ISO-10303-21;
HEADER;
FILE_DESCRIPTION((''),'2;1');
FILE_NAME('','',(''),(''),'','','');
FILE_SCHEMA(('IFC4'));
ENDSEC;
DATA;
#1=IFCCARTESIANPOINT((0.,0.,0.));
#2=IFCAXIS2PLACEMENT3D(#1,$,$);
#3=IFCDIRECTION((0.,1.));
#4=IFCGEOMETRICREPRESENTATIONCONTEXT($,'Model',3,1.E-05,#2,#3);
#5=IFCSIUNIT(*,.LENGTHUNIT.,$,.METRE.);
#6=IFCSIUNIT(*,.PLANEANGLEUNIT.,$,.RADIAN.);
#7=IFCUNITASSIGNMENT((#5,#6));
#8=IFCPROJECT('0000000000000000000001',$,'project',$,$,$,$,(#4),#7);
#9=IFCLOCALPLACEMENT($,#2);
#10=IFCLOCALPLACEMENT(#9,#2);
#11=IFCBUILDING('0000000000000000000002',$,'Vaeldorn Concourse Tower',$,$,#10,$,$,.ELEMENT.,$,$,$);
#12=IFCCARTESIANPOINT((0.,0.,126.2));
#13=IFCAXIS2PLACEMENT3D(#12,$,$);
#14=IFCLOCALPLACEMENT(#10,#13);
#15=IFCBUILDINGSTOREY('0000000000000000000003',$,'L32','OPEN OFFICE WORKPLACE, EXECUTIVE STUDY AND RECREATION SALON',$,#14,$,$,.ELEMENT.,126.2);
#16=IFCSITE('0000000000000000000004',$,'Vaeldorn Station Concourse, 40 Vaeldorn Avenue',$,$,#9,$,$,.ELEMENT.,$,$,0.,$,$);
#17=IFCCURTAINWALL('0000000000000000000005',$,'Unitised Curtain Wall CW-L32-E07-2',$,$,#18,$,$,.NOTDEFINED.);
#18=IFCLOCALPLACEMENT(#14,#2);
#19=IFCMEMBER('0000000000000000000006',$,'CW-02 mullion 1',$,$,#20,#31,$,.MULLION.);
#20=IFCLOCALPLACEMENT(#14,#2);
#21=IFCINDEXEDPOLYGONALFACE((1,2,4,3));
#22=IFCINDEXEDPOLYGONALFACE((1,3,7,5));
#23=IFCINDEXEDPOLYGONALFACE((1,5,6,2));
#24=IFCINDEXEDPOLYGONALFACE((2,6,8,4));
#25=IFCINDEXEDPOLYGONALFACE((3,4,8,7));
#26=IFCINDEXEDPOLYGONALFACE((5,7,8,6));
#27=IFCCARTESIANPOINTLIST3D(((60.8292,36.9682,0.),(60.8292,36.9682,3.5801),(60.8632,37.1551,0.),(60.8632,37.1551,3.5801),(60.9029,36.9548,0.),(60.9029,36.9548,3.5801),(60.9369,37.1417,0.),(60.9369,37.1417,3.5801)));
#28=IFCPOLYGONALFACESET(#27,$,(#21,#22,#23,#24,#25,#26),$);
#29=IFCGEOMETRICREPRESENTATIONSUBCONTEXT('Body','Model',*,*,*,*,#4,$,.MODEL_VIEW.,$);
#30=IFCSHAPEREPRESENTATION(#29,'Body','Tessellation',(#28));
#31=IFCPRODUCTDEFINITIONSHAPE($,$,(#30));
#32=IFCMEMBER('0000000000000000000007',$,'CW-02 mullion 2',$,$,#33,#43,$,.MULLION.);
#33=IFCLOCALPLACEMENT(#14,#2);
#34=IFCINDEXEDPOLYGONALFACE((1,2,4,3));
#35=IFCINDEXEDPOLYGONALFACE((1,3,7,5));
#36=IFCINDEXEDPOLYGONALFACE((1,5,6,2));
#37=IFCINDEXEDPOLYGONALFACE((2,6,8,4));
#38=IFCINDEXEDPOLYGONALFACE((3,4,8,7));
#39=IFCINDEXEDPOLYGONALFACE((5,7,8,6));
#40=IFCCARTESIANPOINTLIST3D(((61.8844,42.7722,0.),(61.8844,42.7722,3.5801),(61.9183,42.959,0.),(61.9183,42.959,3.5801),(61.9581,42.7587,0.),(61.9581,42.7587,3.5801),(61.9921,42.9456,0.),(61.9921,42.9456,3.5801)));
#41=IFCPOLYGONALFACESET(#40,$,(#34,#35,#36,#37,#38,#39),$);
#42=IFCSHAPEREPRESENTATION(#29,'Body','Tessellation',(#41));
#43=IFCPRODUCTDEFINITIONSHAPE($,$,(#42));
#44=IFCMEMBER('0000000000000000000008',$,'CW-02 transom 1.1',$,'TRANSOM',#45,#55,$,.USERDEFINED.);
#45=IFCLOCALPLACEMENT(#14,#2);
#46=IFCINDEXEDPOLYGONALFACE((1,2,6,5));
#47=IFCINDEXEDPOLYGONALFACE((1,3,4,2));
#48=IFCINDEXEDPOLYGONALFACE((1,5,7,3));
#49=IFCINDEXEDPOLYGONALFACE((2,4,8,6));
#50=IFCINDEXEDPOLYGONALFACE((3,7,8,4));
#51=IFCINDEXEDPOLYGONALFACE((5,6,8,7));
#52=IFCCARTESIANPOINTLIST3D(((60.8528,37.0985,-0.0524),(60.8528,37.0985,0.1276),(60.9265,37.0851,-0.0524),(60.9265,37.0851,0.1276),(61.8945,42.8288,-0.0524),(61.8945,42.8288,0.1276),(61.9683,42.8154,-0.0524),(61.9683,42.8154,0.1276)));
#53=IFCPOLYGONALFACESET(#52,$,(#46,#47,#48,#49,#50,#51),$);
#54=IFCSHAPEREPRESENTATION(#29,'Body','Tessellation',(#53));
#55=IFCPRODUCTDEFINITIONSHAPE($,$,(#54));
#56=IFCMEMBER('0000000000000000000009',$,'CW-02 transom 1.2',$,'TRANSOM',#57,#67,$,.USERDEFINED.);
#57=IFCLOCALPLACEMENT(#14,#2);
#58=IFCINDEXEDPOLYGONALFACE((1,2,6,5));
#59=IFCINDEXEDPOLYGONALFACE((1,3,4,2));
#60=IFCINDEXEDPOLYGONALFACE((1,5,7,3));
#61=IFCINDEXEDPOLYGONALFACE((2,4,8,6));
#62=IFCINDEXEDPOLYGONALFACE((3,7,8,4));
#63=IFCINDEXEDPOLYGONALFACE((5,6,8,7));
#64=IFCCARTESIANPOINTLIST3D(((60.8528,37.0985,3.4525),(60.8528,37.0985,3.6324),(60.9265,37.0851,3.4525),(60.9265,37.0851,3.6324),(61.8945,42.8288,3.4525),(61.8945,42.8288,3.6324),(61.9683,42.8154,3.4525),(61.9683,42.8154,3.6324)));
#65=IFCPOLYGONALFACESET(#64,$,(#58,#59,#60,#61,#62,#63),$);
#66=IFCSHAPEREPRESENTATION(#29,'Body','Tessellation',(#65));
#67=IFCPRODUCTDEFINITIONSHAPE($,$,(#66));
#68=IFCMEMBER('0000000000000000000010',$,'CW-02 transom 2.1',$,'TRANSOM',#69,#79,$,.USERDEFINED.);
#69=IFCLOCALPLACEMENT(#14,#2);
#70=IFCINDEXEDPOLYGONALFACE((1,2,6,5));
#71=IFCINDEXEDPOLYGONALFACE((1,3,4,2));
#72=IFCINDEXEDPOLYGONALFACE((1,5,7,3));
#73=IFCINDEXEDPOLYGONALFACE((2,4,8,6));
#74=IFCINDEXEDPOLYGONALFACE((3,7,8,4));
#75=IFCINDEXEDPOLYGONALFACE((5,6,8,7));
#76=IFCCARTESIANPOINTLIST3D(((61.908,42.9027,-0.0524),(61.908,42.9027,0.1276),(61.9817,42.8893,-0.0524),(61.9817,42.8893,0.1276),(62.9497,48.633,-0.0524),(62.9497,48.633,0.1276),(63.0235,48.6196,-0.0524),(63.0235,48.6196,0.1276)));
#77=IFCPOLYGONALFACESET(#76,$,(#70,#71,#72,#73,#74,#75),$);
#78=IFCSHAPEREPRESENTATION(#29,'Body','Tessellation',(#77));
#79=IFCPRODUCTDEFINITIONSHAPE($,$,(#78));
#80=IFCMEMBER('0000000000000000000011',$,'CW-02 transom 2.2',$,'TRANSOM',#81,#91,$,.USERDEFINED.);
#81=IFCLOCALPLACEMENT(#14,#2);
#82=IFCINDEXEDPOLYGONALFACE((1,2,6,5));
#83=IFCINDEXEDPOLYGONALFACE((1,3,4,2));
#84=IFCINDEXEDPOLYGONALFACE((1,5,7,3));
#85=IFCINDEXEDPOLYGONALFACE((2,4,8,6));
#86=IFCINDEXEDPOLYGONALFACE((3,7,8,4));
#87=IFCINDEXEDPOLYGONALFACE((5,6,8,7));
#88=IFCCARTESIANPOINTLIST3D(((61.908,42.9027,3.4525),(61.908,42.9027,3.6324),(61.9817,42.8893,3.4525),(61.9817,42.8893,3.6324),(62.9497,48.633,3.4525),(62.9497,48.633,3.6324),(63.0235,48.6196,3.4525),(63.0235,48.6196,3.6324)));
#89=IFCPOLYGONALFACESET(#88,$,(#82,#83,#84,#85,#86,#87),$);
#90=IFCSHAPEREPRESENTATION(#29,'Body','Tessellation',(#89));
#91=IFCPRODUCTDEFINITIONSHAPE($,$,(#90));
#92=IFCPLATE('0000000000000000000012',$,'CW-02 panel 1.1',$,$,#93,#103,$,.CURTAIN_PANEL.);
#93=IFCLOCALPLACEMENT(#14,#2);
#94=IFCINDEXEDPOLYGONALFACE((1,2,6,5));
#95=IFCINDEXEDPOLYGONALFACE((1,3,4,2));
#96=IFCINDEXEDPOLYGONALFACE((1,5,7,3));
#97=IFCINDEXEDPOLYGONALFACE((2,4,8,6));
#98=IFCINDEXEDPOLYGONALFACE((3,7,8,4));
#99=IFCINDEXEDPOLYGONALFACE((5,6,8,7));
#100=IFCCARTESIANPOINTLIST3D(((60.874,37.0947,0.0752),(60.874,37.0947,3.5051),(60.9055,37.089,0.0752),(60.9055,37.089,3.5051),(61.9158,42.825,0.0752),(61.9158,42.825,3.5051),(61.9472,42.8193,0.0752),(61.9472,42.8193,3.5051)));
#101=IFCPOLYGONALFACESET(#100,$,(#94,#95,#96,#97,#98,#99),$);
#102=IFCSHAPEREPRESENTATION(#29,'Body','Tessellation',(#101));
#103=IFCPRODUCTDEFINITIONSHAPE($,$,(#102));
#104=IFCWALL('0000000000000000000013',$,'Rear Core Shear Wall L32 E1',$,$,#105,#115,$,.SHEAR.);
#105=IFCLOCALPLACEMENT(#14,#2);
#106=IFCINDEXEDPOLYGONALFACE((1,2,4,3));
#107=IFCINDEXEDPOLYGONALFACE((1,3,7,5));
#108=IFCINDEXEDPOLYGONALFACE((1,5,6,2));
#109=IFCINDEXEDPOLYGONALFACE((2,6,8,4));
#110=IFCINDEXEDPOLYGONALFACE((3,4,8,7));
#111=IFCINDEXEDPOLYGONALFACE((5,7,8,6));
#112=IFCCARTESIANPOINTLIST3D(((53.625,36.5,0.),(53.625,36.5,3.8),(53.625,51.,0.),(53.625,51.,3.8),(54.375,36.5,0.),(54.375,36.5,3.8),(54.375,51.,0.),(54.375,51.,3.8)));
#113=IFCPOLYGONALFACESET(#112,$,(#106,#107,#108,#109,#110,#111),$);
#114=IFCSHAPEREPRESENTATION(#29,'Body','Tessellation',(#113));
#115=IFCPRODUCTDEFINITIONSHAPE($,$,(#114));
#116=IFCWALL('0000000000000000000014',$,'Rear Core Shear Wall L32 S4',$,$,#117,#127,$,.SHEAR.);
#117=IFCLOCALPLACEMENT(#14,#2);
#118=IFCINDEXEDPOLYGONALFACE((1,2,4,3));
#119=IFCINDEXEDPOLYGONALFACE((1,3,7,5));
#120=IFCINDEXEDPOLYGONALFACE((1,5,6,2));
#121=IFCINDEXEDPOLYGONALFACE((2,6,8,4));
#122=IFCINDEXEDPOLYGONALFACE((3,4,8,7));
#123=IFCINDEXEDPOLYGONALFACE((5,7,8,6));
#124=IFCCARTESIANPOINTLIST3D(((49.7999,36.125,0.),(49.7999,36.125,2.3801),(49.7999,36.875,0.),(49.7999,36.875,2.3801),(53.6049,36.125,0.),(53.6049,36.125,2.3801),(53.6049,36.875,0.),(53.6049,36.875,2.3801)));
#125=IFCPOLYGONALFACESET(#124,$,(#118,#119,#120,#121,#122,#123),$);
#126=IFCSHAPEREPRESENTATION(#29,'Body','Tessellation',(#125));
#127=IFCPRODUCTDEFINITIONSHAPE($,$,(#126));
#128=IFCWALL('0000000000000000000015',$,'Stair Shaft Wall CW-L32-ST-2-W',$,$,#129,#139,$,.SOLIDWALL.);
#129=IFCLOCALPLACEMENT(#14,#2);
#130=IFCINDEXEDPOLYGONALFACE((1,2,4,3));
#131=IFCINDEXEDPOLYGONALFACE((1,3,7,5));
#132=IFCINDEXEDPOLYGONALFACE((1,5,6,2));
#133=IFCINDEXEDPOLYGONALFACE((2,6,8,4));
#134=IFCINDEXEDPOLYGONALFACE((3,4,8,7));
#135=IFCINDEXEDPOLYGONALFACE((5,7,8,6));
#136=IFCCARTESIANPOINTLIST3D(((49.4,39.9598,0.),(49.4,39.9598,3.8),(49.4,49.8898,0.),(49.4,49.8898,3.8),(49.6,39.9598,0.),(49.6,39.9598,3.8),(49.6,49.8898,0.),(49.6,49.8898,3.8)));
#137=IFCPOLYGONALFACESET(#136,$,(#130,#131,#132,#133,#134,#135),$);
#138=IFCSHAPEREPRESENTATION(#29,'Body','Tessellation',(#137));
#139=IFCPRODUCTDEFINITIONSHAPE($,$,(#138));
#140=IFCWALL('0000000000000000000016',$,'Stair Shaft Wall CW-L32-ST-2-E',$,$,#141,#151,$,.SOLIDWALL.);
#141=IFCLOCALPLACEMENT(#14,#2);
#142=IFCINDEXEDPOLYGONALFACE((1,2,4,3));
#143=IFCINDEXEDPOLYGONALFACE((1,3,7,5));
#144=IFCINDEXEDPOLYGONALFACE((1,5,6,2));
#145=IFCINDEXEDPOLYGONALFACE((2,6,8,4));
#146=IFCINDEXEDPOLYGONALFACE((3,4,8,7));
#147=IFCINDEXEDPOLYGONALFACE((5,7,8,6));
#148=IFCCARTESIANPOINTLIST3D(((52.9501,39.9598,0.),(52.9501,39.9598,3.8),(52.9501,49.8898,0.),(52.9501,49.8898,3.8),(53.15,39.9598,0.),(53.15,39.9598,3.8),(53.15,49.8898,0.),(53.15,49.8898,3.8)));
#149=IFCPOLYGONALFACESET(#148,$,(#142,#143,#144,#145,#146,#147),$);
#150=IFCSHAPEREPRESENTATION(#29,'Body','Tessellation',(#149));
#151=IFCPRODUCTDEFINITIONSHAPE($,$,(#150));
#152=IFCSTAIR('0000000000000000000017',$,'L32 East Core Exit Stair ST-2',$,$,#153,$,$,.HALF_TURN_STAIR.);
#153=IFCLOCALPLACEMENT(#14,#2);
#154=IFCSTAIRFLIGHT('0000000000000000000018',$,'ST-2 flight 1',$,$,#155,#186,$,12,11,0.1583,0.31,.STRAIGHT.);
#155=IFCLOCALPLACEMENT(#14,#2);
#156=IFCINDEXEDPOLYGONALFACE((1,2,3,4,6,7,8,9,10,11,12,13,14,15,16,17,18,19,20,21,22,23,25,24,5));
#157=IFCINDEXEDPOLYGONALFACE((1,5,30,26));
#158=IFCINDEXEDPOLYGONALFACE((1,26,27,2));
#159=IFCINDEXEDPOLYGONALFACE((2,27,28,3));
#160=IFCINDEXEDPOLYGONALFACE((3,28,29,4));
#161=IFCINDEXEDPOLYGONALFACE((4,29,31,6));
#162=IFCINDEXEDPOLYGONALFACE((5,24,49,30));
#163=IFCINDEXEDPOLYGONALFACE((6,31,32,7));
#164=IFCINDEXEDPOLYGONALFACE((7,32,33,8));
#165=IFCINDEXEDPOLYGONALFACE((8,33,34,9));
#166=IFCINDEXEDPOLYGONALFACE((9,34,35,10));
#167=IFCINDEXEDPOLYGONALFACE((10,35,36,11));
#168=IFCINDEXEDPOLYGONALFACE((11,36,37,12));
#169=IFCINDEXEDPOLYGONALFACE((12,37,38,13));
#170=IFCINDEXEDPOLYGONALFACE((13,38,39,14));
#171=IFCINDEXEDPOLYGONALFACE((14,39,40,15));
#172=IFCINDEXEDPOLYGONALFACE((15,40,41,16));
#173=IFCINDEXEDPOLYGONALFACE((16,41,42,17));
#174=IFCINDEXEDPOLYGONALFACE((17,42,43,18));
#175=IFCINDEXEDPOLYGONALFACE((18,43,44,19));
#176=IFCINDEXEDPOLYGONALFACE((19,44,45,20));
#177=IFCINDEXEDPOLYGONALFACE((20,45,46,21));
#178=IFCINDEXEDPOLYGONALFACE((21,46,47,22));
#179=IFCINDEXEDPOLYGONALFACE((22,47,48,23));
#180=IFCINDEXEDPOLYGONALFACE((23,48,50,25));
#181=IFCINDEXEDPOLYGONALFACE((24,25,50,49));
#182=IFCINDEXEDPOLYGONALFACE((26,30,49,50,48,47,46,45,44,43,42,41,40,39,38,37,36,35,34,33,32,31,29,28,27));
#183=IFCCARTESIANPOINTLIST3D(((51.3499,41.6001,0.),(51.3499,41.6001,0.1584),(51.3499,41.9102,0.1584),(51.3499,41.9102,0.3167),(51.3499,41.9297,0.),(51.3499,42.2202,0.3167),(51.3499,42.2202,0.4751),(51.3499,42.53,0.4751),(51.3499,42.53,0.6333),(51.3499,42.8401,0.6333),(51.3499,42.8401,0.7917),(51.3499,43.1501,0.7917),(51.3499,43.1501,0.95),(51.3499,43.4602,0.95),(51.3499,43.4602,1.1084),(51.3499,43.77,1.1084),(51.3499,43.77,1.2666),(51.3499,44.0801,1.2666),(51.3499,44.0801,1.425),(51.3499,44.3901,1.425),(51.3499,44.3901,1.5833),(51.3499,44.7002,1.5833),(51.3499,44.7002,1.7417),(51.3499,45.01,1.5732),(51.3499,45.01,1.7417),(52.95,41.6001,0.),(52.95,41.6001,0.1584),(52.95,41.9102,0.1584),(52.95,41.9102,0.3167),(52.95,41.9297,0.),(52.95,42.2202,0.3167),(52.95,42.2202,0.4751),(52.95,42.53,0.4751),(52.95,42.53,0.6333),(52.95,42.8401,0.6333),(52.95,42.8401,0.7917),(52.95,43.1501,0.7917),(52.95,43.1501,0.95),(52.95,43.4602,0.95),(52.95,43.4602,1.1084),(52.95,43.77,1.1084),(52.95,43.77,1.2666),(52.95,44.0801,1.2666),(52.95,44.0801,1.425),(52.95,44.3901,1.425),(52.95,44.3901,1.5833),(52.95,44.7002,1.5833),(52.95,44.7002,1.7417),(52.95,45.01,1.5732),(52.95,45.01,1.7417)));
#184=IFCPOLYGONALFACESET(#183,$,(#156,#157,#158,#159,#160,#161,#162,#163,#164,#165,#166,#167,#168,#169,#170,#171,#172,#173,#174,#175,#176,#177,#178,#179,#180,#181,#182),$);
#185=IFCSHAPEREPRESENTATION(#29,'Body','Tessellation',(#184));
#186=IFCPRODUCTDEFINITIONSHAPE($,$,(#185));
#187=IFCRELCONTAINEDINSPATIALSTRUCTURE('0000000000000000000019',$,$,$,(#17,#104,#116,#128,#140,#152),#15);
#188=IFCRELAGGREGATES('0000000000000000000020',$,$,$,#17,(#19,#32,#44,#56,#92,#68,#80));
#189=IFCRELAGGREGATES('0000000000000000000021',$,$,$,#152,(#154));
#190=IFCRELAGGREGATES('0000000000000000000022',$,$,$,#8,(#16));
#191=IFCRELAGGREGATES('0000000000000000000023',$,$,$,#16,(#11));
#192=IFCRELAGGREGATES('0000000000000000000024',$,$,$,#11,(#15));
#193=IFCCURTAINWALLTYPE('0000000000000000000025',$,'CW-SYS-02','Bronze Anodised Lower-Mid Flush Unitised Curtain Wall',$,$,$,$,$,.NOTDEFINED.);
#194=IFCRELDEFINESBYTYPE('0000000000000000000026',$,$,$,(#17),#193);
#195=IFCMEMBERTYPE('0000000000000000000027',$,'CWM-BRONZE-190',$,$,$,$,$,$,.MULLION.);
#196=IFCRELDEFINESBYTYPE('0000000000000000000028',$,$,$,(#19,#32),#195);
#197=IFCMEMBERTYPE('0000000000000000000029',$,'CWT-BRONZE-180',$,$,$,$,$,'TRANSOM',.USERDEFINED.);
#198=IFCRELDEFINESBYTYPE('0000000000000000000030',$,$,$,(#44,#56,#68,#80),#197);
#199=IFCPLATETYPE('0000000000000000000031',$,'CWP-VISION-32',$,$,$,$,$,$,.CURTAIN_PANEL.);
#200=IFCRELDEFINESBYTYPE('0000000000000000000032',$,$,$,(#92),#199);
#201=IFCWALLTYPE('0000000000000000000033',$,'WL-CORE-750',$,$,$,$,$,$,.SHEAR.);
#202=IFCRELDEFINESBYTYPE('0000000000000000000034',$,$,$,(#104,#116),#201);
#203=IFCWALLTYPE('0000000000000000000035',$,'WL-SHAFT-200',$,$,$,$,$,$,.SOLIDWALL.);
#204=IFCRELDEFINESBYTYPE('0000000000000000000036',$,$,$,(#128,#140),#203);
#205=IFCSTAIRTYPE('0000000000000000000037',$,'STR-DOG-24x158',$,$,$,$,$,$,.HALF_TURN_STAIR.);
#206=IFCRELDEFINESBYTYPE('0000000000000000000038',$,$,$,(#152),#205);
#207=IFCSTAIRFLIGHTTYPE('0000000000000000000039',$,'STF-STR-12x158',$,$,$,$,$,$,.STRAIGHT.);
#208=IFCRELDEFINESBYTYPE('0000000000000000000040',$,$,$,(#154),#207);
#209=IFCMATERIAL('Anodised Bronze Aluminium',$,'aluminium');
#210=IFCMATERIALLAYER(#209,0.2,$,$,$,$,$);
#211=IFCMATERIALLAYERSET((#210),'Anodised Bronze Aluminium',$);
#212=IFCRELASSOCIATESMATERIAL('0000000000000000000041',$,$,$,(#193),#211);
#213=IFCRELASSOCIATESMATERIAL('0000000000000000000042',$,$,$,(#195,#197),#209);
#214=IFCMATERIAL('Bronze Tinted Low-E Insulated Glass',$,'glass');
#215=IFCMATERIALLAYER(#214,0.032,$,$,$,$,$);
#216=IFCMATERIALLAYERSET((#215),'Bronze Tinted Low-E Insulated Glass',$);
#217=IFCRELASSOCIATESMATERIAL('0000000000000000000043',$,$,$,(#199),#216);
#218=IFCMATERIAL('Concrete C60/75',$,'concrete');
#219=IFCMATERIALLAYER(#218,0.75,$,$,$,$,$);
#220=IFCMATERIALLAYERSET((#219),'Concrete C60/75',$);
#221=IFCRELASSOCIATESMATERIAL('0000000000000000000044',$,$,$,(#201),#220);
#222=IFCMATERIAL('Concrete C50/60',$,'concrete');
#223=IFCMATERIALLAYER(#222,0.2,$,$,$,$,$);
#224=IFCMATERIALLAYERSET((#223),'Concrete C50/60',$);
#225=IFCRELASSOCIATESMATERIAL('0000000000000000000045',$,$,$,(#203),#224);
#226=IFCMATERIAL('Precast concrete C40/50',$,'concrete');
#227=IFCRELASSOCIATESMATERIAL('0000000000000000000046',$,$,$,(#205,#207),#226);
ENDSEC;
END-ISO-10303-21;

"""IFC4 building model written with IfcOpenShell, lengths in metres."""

from ifc_helpers import new_model, si_unit, direction, frame, frame_2d, origin, origin_2d, place, context, subcontext, project, spatial, polyline, rectangle, outline, extrude, source, transform, mapped, material, layer, layer_set, material_profile, profile_set, type_object, element, aggregate, save


model = new_model("IFC4")

# Units and contexts
model_context = context("Model", 3, precision=1e-05, world=origin(), true_north=direction((0.0, 1.0)))
body_context = subcontext(model_context, "Body", "Model", "MODEL_VIEW")
ifc_project = project(units=[si_unit("LENGTHUNIT", "METRE"), si_unit("PLANEANGLEUNIT", "RADIAN")], contexts=[model_context])

# Site, building, storey
site_placement = place(None, origin())
site = spatial("IfcSite", under=ifc_project, at=site_placement, Name="Vaeldorn Station Concourse, 40 Vaeldorn Avenue", CompositionType="ELEMENT", RefElevation=0.0)
building_placement = place(site_placement, origin())
building = spatial("IfcBuilding", under=site, at=building_placement, Name="Vaeldorn Concourse Tower", CompositionType="ELEMENT")
storey_placement = place(building_placement, frame((0.0, 0.0, 126.2)))
storey = spatial("IfcBuildingStorey", under=building, at=storey_placement, Name="L32", Description="OPEN OFFICE WORKPLACE, EXECUTIVE STUDY AND RECREATION SALON", CompositionType="ELEMENT", Elevation=126.2)

# Shared definitions
ifc_material_1 = material(Name="Concrete C60/75", Category="concrete")

# Curtain wall, members, plate
ifc_material_2 = material(Name="Anodised Bronze Aluminium", Category="aluminium")
ifc_layer_1 = layer(ifc_material_2, 0.2)
ifc_layer_set_1 = layer_set([ifc_layer_1], Name="Anodised Bronze Aluminium")
curtain_wall_type = type_object("IfcCurtainWallType", Name="CW-SYS-02", Description="Bronze Anodised Lower-Mid Flush Unitised Curtain Wall", PredefinedType="NOTDEFINED", material=ifc_layer_set_1)
curtain_wall_placement = place(storey_placement, origin())
curtain_wall = element("IfcCurtainWall", 1, at=curtain_wall_placement, inside=storey, type_object=curtain_wall_type, Name="Unitised Curtain Wall CW-L32-E07-2", PredefinedType="NOTDEFINED")
ifc_material_profile_1 = material_profile(ifc_material_2, rectangle(XDim=0.075, YDim=0.1899, at=origin_2d()), Name="CWM 75x190")
ifc_profile_set_1 = profile_set([ifc_material_profile_1], Name="Anodised Bronze Aluminium")
member_type_1 = type_object("IfcMemberType", Name="CWM-BRONZE-190", PredefinedType="MULLION", material=ifc_profile_set_1)
shared_shape_1 = source(origin(), body_context, "Body", "SweptSolid", [
    extrude(rectangle(XDim=0.075, YDim=0.1899, at=origin_2d()), origin(), (0.0, 0.0, 1.0), 3.5801),
])
member_1_placement = place(storey_placement, frame((60.8831, 37.0549, 0.0), z_axis=(0.0, 0.0, 1.0), x_axis=(-0.983874, 0.178861, 0.0)))
member_1 = element("IfcMember", 2, at=member_1_placement, type_object=member_type_1, Name="CW-02 mullion 1", PredefinedType="MULLION", context=body_context, shape_type="MappedRepresentation", body=[
    mapped(shared_shape_1, transform((0.0, 0.0, 0.0), scale=1.0)),
])
member_2_placement = place(storey_placement, frame((61.9382, 42.8589, 0.0), z_axis=(0.0, 0.0, 1.0), x_axis=(-0.983874, 0.178861, 0.0)))
member_2 = element("IfcMember", 3, at=member_2_placement, type_object=member_type_1, Name="CW-02 mullion 2", PredefinedType="MULLION", context=body_context, shape_type="MappedRepresentation", body=[
    mapped(shared_shape_1, transform((0.0, 0.0, 0.0), scale=1.0)),
])
ifc_material_profile_2 = material_profile(ifc_material_2, rectangle(XDim=0.075, YDim=0.1799, at=origin_2d()), Name="CWT 75x180")
ifc_profile_set_2 = profile_set([ifc_material_profile_2], Name="Anodised Bronze Aluminium")
member_type_2 = type_object("IfcMemberType", Name="CWT-BRONZE-180", ElementType="TRANSOM", PredefinedType="USERDEFINED", material=ifc_profile_set_2)
shared_shape_2 = source(origin(), body_context, "Body", "SweptSolid", [
    extrude(rectangle(XDim=0.075, YDim=0.1799, at=origin_2d()), origin(), (0.0, 0.0, 1.0), 5.8242),
])
member_3_placement = place(storey_placement, frame((60.8896, 37.0918, 0.0376), z_axis=(0.178867, 0.983873, 0.0), x_axis=(-0.983873, 0.178867, 0.0)))
member_3 = element("IfcMember", 4, at=member_3_placement, type_object=member_type_2, Name="CW-02 transom 1.1", ObjectType="TRANSOM", PredefinedType="USERDEFINED", context=body_context, shape_type="MappedRepresentation", body=[
    mapped(shared_shape_2, transform((0.0, 0.0, 0.0), scale=1.0)),
])
member_4_placement = place(storey_placement, frame((60.8896, 37.0918, 3.5425), z_axis=(0.178867, 0.983873, 0.0), x_axis=(-0.983873, 0.178867, 0.0)))
member_4 = element("IfcMember", 5, at=member_4_placement, type_object=member_type_2, Name="CW-02 transom 1.2", ObjectType="TRANSOM", PredefinedType="USERDEFINED", context=body_context, shape_type="MappedRepresentation", body=[
    mapped(shared_shape_2, transform((0.0, 0.0, 0.0), scale=1.0)),
])
member_5_placement = place(storey_placement, frame((61.9448, 42.896, 0.0376), z_axis=(0.178867, 0.983873, 0.0), x_axis=(-0.983873, 0.178867, 0.0)))
member_5 = element("IfcMember", 6, at=member_5_placement, type_object=member_type_2, Name="CW-02 transom 2.1", ObjectType="TRANSOM", PredefinedType="USERDEFINED", context=body_context, shape_type="MappedRepresentation", body=[
    mapped(shared_shape_2, transform((0.0, 0.0, 0.0), scale=1.0)),
])
member_6_placement = place(storey_placement, frame((61.9448, 42.896, 3.5425), z_axis=(0.178867, 0.983873, 0.0), x_axis=(-0.983873, 0.178867, 0.0)))
member_6 = element("IfcMember", 7, at=member_6_placement, type_object=member_type_2, Name="CW-02 transom 2.2", ObjectType="TRANSOM", PredefinedType="USERDEFINED", context=body_context, shape_type="MappedRepresentation", body=[
    mapped(shared_shape_2, transform((0.0, 0.0, 0.0), scale=1.0)),
])
ifc_material_3 = material(Name="Bronze Tinted Low-E Insulated Glass", Category="glass")
ifc_layer_2 = layer(ifc_material_3, 0.032)
ifc_layer_set_2 = layer_set([ifc_layer_2], Name="Bronze Tinted Low-E Insulated Glass")
plate_type = type_object("IfcPlateType", Name="CWP-VISION-32", PredefinedType="CURTAIN_PANEL", material=ifc_layer_set_2)
shared_shape_3 = source(origin(), body_context, "Body", "SweptSolid", [
    extrude(rectangle(XDim=5.8242, YDim=0.032, at=origin_2d()), origin(), (0.0, 0.0, 1.0), 3.4299),
])
plate_placement = place(storey_placement, frame((61.4106, 39.957, 0.0752), z_axis=(0.0, 0.0, 1.0), x_axis=(0.178861, 0.983874, 0.0)))
plate = element("IfcPlate", 8, at=plate_placement, type_object=plate_type, Name="CW-02 panel 1.1", PredefinedType="CURTAIN_PANEL", context=body_context, shape_type="MappedRepresentation", body=[
    mapped(shared_shape_3, transform((0.0, 0.0, 0.0), scale=1.0)),
])
aggregate(curtain_wall, [member_1, member_2, member_3, member_4, plate, member_5, member_6])

# Walls
ifc_layer_3 = layer(ifc_material_1, 0.75)
ifc_layer_set_3 = layer_set([ifc_layer_3], Name="Concrete C60/75")
wall_type_1 = type_object("IfcWallType", Name="WL-CORE-750", PredefinedType="SHEAR", material=ifc_layer_set_3)
wall_1_placement = place(storey_placement, frame((54.0, 36.5, 0.0), z_axis=(0.0, 0.0, 1.0), x_axis=(0.0, 1.0, 0.0)))
element("IfcWall", 9, at=wall_1_placement, inside=storey, type_object=wall_type_1, Name="Rear Core Shear Wall L32 E1", PredefinedType="SHEAR", context=body_context, shape_type="SweptSolid", body=[
    extrude(rectangle(XDim=14.5, YDim=0.75, at=frame_2d((7.25, 0.0))), origin(), (0.0, 0.0, 1.0), 3.8),
])
wall_2_placement = place(storey_placement, frame((49.8, 36.5, 0.0), z_axis=(0.0, 0.0, 1.0), x_axis=(1.0, 0.0, 0.0)))
element("IfcWall", 10, at=wall_2_placement, inside=storey, type_object=wall_type_1, Name="Rear Core Shear Wall L32 S4", PredefinedType="SHEAR", context=body_context, shape_type="SweptSolid", body=[
    extrude(rectangle(XDim=3.8049, YDim=0.75, at=frame_2d((1.9023, 0.0))), origin(), (0.0, 0.0, 1.0), 2.3801),
])
ifc_material_4 = material(Name="Concrete C50/60", Category="concrete")
ifc_layer_4 = layer(ifc_material_4, 0.2)
ifc_layer_set_4 = layer_set([ifc_layer_4], Name="Concrete C50/60")
wall_type_2 = type_object("IfcWallType", Name="WL-SHAFT-200", PredefinedType="SOLIDWALL", material=ifc_layer_set_4)
for number, where, z_axis, x_axis, name in (
    (11, (49.5, 39.96, 0.0), (0.0, 0.0, 1.0), (0.0, 1.0, 0.0), "Stair Shaft Wall CW-L32-ST-2-W"),
    (12, (53.05, 39.96, 0.0), (0.0, 0.0, 1.0), (0.0, 1.0, 0.0), "Stair Shaft Wall CW-L32-ST-2-E"),
):
    element("IfcWall", number, at=place(storey_placement, frame(where, z_axis=z_axis, x_axis=x_axis)), inside=storey, type_object=wall_type_2, Name=name, PredefinedType="SOLIDWALL", context=body_context, shape_type="SweptSolid", body=[
        extrude(rectangle(XDim=9.9299, YDim=0.2, at=frame_2d((4.9648, 0.0))), origin(), (0.0, 0.0, 1.0), 3.8),
    ])

# Stair, stair flight
ifc_material_5 = material(Name="Precast concrete C40/50", Category="concrete")
stair_type = type_object("IfcStairType", Name="STR-DOG-24x158", PredefinedType="HALF_TURN_STAIR", material=ifc_material_5)
stair_placement = place(storey_placement, origin())
stair = element("IfcStair", 13, at=stair_placement, inside=storey, type_object=stair_type, Name="L32 East Core Exit Stair ST-2", PredefinedType="HALF_TURN_STAIR")
stair_flight_type = type_object("IfcStairFlightType", Name="STF-STR-12x158", PredefinedType="STRAIGHT", material=ifc_material_5)
stair_flight_placement = place(storey_placement, frame((52.1499, 41.6001, 0.0), z_axis=(0.0, 0.0, 1.0), x_axis=(0.0, 1.0, 0.0)))
stair_flight = element("IfcStairFlight", 14, at=stair_flight_placement, type_object=stair_flight_type, Name="ST-2 flight 1", NumberOfRisers=12, NumberOfTreads=11, PredefinedType="STRAIGHT", RiserHeight=0.1583, TreadLength=0.31, context=body_context, shape_type="SweptSolid", body=[
    extrude(outline(polyline([(0.0, 0.0), (0.0, 0.1584), (0.3101, 0.1584), (0.3101, 0.3167), (0.6201, 0.3167), (0.6201, 0.4751), (0.9299, 0.4751), (0.9299, 0.6333), (1.24, 0.6333), (1.24, 0.7917), (1.55, 0.7917), (1.55, 0.95), (1.8601, 0.95), (1.8601, 1.1084), (2.1699, 1.1084), (2.1699, 1.2666), (2.48, 1.2666), (2.48, 1.425), (2.79, 1.425), (2.79, 1.5833), (3.1001, 1.5833), (3.1001, 1.7417), (3.4099, 1.7417), (3.4099, 1.8999), (3.4099, 1.5732), (0.3296, 0.0), (0.0, 0.0)])), frame((0.0, 0.8, 0.0), z_axis=(0.0, -1.0, 0.0), x_axis=(1.0, 0.0, 0.0)), (0.0, 0.0, 1.0), 1.6001),
])
aggregate(stair, [stair_flight])

save(model, "model.ifc")
